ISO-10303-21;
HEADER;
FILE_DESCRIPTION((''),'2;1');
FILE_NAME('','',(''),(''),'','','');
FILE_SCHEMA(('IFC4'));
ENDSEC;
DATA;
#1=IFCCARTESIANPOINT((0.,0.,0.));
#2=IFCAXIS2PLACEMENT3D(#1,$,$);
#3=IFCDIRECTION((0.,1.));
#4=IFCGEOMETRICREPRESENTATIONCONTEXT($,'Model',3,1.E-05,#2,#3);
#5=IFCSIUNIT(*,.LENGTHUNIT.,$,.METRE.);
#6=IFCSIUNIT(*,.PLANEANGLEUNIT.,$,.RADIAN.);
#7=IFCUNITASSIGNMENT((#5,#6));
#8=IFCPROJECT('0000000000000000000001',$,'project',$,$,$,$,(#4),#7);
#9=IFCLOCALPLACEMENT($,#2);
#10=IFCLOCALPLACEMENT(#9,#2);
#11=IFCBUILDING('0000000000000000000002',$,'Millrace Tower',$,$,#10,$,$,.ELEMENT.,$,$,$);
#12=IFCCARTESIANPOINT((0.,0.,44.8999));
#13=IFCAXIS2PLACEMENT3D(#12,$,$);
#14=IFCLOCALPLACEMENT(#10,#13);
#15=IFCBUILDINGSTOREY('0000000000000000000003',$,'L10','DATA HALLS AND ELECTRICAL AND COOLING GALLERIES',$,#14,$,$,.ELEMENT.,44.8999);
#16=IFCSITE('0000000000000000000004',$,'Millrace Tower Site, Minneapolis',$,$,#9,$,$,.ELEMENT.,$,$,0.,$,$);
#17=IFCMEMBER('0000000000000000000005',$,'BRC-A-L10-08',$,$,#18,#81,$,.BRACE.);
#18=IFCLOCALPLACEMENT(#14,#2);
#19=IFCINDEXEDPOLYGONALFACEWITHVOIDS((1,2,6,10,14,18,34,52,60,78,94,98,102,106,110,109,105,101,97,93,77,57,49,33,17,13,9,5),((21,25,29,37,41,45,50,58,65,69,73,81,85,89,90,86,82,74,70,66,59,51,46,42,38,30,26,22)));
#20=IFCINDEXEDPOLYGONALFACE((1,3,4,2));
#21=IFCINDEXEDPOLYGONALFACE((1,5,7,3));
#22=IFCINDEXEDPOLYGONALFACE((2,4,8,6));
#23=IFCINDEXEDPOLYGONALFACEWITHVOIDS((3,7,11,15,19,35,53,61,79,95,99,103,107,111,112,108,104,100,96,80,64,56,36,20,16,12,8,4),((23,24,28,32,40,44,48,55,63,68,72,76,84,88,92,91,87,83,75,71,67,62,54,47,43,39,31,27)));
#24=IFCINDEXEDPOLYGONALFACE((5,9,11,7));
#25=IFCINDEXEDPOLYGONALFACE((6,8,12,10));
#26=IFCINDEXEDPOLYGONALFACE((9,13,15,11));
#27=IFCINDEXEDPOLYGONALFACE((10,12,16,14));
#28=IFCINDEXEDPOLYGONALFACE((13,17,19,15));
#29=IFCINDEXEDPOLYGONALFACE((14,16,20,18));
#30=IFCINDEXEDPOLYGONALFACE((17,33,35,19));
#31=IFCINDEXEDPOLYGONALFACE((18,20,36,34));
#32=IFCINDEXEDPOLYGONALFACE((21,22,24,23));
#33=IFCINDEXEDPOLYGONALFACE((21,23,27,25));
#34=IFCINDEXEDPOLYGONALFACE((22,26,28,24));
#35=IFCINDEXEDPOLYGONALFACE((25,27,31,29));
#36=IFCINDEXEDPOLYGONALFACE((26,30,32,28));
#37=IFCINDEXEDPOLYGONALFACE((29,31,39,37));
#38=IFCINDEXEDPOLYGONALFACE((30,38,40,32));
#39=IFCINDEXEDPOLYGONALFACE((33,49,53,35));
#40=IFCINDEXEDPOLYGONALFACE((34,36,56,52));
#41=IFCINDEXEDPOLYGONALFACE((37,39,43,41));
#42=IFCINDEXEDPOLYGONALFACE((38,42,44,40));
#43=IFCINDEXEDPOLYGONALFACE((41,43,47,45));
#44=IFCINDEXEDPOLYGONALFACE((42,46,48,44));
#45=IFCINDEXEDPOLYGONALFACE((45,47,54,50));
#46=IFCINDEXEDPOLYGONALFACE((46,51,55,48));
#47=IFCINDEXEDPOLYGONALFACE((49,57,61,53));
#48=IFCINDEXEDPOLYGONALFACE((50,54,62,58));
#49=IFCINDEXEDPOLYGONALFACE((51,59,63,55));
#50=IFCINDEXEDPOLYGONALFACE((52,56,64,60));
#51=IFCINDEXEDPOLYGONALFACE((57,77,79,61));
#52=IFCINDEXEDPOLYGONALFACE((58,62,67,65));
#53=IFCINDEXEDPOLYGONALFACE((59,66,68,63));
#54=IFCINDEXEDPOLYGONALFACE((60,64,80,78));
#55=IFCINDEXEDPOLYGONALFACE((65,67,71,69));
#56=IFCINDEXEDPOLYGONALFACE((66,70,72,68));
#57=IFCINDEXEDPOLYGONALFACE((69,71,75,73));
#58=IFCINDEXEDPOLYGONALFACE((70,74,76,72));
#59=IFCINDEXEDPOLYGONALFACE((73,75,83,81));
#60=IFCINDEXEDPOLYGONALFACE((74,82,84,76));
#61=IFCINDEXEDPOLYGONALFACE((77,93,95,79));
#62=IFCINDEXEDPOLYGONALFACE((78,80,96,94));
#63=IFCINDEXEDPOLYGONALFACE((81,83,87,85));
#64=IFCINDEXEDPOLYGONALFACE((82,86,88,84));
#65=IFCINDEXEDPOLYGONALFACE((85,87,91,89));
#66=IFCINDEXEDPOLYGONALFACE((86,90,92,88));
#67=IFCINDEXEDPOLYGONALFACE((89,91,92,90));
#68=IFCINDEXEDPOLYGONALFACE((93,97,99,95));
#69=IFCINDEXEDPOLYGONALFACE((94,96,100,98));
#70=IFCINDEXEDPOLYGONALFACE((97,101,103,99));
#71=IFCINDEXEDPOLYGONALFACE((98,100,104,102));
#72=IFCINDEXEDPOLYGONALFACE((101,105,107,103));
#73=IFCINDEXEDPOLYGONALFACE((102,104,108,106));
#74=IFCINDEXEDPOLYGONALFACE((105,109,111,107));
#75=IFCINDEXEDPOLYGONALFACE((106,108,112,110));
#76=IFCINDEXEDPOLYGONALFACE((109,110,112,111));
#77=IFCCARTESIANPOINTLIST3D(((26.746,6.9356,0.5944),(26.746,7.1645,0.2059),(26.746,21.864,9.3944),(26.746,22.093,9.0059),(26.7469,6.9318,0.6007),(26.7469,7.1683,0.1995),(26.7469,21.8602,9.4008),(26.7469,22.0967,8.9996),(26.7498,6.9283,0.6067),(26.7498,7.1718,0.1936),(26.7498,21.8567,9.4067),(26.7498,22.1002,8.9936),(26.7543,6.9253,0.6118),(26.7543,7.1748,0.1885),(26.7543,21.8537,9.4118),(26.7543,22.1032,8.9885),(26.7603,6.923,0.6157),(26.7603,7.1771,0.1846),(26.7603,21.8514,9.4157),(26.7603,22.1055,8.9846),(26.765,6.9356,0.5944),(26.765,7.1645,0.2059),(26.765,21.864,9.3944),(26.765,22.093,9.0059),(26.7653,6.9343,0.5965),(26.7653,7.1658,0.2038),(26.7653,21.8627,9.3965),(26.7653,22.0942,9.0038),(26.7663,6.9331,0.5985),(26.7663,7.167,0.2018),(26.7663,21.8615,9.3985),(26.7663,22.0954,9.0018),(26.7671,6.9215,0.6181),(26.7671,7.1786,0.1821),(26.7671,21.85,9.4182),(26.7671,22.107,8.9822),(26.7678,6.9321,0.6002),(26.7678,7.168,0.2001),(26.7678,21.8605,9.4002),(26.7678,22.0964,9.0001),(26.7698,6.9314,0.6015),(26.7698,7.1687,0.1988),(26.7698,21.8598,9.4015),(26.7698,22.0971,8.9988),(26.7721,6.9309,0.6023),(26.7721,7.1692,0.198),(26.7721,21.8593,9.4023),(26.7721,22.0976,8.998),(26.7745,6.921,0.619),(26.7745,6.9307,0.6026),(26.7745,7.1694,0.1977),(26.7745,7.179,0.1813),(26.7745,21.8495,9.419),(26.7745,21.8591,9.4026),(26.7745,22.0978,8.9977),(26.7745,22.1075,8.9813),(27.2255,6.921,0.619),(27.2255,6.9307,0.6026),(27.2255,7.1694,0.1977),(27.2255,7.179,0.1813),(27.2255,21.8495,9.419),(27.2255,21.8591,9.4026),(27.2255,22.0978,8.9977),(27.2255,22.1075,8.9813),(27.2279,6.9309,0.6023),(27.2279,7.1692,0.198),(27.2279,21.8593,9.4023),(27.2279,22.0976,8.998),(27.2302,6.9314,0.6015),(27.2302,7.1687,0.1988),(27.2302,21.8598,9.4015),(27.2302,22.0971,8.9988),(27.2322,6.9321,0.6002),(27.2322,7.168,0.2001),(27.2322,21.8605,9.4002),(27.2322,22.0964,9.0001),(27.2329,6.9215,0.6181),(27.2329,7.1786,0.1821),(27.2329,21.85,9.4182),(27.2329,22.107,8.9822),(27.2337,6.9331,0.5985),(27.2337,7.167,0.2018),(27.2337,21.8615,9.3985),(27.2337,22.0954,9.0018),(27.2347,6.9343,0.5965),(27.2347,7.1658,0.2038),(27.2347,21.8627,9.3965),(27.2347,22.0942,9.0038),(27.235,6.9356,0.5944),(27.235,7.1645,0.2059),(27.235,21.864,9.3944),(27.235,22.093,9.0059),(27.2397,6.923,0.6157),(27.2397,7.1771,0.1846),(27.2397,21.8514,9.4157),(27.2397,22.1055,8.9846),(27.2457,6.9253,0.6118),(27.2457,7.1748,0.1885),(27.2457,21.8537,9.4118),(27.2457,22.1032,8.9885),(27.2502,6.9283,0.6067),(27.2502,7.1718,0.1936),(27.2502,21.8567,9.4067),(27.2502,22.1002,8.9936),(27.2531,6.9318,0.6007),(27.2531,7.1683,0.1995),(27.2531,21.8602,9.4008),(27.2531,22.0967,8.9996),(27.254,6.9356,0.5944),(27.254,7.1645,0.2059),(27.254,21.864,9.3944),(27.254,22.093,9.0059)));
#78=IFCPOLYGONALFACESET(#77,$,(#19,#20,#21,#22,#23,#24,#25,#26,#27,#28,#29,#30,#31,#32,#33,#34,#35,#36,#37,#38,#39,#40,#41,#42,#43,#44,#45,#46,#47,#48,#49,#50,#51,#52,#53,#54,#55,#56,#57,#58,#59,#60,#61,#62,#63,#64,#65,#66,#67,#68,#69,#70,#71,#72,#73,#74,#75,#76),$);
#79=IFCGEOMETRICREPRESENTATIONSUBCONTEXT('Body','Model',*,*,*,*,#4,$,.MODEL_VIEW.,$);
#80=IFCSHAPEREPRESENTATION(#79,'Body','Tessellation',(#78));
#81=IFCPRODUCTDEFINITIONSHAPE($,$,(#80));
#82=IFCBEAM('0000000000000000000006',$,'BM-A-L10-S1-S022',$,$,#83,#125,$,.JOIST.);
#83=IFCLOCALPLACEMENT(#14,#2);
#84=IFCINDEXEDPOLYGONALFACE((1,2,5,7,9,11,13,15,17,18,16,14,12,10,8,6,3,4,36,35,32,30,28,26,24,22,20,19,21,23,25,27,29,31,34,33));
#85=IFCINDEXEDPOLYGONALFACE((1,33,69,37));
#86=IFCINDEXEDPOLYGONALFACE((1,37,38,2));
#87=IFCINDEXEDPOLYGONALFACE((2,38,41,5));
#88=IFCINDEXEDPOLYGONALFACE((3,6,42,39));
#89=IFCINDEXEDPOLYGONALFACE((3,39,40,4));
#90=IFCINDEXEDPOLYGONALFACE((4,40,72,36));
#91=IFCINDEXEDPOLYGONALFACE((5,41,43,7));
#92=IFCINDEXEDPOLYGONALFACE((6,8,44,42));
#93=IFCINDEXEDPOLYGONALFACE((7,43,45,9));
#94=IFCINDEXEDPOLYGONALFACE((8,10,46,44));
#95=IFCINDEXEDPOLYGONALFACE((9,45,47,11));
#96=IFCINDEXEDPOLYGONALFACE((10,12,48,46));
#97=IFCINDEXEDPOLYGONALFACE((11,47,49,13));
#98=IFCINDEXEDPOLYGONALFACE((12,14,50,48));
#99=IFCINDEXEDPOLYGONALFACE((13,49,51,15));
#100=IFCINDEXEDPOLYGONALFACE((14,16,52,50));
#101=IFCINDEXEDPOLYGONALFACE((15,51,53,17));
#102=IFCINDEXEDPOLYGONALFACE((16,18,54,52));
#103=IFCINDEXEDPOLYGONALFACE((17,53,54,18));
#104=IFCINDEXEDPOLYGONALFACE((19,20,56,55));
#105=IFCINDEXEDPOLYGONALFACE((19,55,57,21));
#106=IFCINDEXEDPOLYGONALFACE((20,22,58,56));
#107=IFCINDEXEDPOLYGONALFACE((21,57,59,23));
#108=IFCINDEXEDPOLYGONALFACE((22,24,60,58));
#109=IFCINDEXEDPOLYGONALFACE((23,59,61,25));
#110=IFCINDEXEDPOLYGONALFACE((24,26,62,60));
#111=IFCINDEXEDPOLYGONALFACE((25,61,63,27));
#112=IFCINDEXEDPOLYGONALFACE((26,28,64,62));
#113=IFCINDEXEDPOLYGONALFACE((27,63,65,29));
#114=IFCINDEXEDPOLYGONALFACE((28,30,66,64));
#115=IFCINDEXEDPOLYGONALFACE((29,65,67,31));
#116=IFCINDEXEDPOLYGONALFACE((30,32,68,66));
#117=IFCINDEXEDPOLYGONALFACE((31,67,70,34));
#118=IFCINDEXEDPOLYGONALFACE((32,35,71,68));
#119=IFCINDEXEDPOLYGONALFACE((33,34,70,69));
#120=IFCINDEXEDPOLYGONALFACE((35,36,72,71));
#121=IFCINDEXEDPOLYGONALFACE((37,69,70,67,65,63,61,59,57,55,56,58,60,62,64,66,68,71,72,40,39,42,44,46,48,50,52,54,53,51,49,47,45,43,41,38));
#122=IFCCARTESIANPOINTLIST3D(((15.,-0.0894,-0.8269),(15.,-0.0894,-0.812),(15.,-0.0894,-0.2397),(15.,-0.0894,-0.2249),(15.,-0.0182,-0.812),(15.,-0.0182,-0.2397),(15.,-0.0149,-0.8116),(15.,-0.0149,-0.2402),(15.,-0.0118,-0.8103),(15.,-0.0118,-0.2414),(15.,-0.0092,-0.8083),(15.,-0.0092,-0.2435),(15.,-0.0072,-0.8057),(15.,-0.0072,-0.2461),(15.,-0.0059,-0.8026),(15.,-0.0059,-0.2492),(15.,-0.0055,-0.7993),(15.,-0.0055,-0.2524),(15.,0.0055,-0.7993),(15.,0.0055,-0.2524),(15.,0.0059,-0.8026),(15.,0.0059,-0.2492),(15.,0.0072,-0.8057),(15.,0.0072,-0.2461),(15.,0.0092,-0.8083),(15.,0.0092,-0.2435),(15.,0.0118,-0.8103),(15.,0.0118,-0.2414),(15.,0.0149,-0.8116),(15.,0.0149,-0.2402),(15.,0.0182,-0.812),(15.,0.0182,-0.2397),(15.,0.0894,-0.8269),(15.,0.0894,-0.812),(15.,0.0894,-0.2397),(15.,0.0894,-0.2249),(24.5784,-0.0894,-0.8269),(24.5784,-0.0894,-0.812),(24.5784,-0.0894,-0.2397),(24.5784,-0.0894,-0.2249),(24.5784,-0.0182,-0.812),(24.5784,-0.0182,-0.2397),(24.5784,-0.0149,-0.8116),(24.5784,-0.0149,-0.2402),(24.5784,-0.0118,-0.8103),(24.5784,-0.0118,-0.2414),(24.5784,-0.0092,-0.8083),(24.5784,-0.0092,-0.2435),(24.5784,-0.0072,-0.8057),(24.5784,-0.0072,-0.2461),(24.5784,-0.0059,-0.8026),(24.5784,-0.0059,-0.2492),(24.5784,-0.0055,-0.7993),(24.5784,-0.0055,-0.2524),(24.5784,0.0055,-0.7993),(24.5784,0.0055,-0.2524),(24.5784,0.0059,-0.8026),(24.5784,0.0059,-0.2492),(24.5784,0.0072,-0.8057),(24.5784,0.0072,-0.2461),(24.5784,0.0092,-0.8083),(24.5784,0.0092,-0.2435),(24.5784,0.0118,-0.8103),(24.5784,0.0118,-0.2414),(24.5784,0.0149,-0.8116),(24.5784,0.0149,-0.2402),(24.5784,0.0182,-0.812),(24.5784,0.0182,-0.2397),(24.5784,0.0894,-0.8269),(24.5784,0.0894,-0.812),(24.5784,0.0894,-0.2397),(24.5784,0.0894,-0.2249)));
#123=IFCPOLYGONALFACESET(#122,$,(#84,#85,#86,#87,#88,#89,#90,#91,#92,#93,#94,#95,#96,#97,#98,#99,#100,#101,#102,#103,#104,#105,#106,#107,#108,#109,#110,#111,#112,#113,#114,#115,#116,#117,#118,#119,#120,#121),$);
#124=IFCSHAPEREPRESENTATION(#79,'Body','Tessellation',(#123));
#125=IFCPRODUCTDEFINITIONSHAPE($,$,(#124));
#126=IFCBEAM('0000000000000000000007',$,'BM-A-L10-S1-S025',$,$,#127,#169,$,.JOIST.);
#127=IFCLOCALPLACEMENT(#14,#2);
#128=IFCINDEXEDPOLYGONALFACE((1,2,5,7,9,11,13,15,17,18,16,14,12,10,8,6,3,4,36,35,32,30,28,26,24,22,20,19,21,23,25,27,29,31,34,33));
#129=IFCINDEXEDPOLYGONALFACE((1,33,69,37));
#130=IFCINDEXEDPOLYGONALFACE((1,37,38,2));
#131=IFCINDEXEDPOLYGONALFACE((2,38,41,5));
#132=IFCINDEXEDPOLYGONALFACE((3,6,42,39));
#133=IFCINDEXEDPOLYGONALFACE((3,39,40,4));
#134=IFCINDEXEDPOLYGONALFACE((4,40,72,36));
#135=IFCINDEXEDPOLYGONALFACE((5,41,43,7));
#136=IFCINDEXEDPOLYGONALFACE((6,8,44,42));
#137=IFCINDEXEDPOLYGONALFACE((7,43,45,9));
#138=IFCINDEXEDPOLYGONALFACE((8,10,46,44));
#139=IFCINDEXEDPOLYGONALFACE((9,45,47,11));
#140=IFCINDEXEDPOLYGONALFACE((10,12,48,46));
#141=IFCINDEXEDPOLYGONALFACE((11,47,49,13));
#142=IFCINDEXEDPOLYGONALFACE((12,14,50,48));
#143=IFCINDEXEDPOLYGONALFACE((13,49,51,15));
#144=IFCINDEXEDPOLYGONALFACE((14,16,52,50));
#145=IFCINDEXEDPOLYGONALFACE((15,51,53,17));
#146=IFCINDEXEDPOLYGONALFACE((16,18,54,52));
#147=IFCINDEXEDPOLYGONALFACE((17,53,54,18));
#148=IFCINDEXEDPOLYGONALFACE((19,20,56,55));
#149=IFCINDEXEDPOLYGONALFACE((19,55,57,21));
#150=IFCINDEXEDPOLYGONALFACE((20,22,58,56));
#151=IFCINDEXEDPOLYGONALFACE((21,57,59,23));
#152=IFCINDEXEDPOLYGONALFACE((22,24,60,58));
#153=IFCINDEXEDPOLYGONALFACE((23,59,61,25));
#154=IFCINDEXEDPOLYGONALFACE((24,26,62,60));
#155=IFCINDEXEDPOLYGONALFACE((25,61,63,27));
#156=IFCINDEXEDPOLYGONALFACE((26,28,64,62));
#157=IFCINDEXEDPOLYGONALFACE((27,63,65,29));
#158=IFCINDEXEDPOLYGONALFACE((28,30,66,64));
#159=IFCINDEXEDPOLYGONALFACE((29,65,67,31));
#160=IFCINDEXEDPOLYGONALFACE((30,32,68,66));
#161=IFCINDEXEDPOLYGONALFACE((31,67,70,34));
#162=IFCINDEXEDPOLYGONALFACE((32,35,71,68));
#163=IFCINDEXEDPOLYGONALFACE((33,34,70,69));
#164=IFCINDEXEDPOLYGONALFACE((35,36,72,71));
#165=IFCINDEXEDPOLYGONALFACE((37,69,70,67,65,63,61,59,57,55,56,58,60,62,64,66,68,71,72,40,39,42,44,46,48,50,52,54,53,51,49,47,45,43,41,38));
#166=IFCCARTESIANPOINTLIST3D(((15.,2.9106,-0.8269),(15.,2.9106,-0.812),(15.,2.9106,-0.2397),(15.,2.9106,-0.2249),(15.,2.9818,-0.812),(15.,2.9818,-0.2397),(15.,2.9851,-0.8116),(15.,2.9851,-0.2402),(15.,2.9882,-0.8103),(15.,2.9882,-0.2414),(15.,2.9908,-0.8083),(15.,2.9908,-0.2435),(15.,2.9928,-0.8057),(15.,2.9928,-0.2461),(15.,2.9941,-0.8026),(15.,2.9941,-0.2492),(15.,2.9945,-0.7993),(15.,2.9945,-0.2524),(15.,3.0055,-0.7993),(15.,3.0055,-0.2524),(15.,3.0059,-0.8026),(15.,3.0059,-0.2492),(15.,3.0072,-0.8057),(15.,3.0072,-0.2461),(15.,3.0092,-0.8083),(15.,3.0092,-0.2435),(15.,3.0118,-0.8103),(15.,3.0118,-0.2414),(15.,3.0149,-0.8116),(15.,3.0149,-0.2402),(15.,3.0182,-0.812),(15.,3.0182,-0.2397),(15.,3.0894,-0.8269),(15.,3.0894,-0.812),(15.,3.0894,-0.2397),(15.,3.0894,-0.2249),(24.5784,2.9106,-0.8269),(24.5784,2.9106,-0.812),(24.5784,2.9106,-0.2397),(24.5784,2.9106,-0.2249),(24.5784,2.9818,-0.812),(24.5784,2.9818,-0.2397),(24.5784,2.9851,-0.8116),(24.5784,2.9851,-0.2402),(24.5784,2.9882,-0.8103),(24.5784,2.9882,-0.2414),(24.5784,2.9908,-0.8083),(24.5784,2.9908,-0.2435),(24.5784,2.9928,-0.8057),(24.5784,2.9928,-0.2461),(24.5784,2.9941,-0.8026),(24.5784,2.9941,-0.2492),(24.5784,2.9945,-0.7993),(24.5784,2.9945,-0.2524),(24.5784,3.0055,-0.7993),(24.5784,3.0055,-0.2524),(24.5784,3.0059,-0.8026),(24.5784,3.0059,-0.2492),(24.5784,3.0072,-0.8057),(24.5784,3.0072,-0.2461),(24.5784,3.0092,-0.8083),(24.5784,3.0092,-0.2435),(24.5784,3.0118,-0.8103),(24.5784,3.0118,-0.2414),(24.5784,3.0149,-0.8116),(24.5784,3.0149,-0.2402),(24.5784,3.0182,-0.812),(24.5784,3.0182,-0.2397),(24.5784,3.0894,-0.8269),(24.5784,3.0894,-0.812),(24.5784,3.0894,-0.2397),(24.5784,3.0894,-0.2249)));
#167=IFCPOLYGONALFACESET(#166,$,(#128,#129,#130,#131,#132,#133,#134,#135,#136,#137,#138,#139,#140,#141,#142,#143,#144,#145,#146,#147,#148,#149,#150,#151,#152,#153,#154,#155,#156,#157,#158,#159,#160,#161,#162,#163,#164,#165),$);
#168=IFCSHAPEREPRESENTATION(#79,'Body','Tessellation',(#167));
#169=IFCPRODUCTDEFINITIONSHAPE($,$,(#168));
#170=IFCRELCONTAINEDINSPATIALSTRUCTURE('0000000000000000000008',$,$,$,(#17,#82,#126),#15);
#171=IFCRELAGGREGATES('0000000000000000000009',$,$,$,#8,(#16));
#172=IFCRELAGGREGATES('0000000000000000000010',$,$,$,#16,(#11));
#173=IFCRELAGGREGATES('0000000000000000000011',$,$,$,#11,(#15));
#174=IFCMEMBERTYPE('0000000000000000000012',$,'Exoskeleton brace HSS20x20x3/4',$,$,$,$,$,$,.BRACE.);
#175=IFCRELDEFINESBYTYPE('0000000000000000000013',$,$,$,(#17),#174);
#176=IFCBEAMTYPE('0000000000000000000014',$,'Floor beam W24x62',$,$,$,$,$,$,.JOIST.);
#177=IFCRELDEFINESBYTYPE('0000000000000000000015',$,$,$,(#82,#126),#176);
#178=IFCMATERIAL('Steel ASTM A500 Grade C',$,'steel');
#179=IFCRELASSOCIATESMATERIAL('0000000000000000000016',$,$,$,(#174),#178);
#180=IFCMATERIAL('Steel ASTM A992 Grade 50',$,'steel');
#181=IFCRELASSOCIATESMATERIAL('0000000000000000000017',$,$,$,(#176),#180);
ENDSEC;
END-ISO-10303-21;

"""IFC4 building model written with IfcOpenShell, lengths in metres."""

from ifc_helpers import new_model, si_unit, direction, frame, origin, origin_2d, place, context, subcontext, project, spatial, hollow_rectangle, i_section, extrude, material, material_profile, profile_set, type_object, element, save


model = new_model("IFC4")

# Units and contexts
model_context = context("Model", 3, precision=1e-05, world=origin(), true_north=direction((0.0, 1.0)))
body_context = subcontext(model_context, "Body", "Model", "MODEL_VIEW")
ifc_project = project(units=[si_unit("LENGTHUNIT", "METRE"), si_unit("PLANEANGLEUNIT", "RADIAN")], contexts=[model_context])

# Site, building, storey
site_placement = place(None, origin())
site = spatial("IfcSite", under=ifc_project, at=site_placement, Name="Millrace Tower Site, Minneapolis", CompositionType="ELEMENT", RefElevation=0.0)
building_placement = place(site_placement, origin())
building = spatial("IfcBuilding", under=site, at=building_placement, Name="Millrace Tower", CompositionType="ELEMENT")
storey_placement = place(building_placement, frame((0.0, 0.0, 44.8999)))
storey = spatial("IfcBuildingStorey", under=building, at=storey_placement, Name="L10", Description="DATA HALLS AND ELECTRICAL AND COOLING GALLERIES", CompositionType="ELEMENT", Elevation=44.8999)

# Member
ifc_material_1 = material(Name="Steel ASTM A500 Grade C", Category="steel")
ifc_material_profile_1 = material_profile(ifc_material_1, hollow_rectangle(XDim=0.5081, YDim=0.5081, WallThickness=0.019, InnerFilletRadius=0.0095, OuterFilletRadius=0.0286, at=origin_2d()))
ifc_profile_set_1 = profile_set([ifc_material_profile_1], Name="Steel ASTM A500 Grade C")
member_type_1 = type_object("IfcMemberType", Name="Exoskeleton brace HSS20x20x3/4", PredefinedType="BRACE", material=ifc_profile_set_1)
member_1_placement = place(storey_placement, frame((27.0, 7.05, 0.4001), z_axis=(0.0, 0.861465, 0.507817), x_axis=(-1.0, 0.0, 0.0)))
element("IfcMember", 1, at=member_1_placement, inside=storey, type_object=member_type_1, Name="BRC-A-L10-08", PredefinedType="BRACE", context=body_context, shape_type="SweptSolid", body=[
    extrude(hollow_rectangle(XDim=0.5081, YDim=0.5081, WallThickness=0.019, InnerFilletRadius=0.0095, OuterFilletRadius=0.0286, at=origin_2d()), origin(), (0.0, 0.0, 1.0), 17.3291),
])

# Beams
ifc_material_2 = material(Name="Steel ASTM A992 Grade 50", Category="steel")
ifc_material_profile_2 = material_profile(ifc_material_2, i_section(OverallWidth=0.1787, OverallDepth=0.6021, WebThickness=0.011, FlangeThickness=0.0149, FilletRadius=0.0127, at=origin_2d()))
ifc_profile_set_2 = profile_set([ifc_material_profile_2], Name="Steel ASTM A992 Grade 50")
beam_type_1 = type_object("IfcBeamType", Name="Floor beam W24x62", PredefinedType="JOIST", material=ifc_profile_set_2)
for number, where, z_axis, x_axis, name in (
    (2, (15.0, 0.0, -0.5259), (1.0, 0.0, 0.0), (0.0, 1.0, 0.0), "BM-A-L10-S1-S022"),
    (3, (15.0, 3.0, -0.5259), (1.0, 0.0, 0.0), (0.0, 1.0, 0.0), "BM-A-L10-S1-S025"),
):
    element("IfcBeam", number, at=place(storey_placement, frame(where, z_axis=z_axis, x_axis=x_axis)), inside=storey, type_object=beam_type_1, Name=name, PredefinedType="JOIST", context=body_context, shape_type="SweptSolid", body=[
        extrude(i_section(OverallWidth=0.1787, OverallDepth=0.6021, WebThickness=0.011, FlangeThickness=0.0149, FilletRadius=0.0127, at=origin_2d()), origin(), (0.0, 0.0, 1.0), 9.5784),
    ])

save(model, "model.ifc")
